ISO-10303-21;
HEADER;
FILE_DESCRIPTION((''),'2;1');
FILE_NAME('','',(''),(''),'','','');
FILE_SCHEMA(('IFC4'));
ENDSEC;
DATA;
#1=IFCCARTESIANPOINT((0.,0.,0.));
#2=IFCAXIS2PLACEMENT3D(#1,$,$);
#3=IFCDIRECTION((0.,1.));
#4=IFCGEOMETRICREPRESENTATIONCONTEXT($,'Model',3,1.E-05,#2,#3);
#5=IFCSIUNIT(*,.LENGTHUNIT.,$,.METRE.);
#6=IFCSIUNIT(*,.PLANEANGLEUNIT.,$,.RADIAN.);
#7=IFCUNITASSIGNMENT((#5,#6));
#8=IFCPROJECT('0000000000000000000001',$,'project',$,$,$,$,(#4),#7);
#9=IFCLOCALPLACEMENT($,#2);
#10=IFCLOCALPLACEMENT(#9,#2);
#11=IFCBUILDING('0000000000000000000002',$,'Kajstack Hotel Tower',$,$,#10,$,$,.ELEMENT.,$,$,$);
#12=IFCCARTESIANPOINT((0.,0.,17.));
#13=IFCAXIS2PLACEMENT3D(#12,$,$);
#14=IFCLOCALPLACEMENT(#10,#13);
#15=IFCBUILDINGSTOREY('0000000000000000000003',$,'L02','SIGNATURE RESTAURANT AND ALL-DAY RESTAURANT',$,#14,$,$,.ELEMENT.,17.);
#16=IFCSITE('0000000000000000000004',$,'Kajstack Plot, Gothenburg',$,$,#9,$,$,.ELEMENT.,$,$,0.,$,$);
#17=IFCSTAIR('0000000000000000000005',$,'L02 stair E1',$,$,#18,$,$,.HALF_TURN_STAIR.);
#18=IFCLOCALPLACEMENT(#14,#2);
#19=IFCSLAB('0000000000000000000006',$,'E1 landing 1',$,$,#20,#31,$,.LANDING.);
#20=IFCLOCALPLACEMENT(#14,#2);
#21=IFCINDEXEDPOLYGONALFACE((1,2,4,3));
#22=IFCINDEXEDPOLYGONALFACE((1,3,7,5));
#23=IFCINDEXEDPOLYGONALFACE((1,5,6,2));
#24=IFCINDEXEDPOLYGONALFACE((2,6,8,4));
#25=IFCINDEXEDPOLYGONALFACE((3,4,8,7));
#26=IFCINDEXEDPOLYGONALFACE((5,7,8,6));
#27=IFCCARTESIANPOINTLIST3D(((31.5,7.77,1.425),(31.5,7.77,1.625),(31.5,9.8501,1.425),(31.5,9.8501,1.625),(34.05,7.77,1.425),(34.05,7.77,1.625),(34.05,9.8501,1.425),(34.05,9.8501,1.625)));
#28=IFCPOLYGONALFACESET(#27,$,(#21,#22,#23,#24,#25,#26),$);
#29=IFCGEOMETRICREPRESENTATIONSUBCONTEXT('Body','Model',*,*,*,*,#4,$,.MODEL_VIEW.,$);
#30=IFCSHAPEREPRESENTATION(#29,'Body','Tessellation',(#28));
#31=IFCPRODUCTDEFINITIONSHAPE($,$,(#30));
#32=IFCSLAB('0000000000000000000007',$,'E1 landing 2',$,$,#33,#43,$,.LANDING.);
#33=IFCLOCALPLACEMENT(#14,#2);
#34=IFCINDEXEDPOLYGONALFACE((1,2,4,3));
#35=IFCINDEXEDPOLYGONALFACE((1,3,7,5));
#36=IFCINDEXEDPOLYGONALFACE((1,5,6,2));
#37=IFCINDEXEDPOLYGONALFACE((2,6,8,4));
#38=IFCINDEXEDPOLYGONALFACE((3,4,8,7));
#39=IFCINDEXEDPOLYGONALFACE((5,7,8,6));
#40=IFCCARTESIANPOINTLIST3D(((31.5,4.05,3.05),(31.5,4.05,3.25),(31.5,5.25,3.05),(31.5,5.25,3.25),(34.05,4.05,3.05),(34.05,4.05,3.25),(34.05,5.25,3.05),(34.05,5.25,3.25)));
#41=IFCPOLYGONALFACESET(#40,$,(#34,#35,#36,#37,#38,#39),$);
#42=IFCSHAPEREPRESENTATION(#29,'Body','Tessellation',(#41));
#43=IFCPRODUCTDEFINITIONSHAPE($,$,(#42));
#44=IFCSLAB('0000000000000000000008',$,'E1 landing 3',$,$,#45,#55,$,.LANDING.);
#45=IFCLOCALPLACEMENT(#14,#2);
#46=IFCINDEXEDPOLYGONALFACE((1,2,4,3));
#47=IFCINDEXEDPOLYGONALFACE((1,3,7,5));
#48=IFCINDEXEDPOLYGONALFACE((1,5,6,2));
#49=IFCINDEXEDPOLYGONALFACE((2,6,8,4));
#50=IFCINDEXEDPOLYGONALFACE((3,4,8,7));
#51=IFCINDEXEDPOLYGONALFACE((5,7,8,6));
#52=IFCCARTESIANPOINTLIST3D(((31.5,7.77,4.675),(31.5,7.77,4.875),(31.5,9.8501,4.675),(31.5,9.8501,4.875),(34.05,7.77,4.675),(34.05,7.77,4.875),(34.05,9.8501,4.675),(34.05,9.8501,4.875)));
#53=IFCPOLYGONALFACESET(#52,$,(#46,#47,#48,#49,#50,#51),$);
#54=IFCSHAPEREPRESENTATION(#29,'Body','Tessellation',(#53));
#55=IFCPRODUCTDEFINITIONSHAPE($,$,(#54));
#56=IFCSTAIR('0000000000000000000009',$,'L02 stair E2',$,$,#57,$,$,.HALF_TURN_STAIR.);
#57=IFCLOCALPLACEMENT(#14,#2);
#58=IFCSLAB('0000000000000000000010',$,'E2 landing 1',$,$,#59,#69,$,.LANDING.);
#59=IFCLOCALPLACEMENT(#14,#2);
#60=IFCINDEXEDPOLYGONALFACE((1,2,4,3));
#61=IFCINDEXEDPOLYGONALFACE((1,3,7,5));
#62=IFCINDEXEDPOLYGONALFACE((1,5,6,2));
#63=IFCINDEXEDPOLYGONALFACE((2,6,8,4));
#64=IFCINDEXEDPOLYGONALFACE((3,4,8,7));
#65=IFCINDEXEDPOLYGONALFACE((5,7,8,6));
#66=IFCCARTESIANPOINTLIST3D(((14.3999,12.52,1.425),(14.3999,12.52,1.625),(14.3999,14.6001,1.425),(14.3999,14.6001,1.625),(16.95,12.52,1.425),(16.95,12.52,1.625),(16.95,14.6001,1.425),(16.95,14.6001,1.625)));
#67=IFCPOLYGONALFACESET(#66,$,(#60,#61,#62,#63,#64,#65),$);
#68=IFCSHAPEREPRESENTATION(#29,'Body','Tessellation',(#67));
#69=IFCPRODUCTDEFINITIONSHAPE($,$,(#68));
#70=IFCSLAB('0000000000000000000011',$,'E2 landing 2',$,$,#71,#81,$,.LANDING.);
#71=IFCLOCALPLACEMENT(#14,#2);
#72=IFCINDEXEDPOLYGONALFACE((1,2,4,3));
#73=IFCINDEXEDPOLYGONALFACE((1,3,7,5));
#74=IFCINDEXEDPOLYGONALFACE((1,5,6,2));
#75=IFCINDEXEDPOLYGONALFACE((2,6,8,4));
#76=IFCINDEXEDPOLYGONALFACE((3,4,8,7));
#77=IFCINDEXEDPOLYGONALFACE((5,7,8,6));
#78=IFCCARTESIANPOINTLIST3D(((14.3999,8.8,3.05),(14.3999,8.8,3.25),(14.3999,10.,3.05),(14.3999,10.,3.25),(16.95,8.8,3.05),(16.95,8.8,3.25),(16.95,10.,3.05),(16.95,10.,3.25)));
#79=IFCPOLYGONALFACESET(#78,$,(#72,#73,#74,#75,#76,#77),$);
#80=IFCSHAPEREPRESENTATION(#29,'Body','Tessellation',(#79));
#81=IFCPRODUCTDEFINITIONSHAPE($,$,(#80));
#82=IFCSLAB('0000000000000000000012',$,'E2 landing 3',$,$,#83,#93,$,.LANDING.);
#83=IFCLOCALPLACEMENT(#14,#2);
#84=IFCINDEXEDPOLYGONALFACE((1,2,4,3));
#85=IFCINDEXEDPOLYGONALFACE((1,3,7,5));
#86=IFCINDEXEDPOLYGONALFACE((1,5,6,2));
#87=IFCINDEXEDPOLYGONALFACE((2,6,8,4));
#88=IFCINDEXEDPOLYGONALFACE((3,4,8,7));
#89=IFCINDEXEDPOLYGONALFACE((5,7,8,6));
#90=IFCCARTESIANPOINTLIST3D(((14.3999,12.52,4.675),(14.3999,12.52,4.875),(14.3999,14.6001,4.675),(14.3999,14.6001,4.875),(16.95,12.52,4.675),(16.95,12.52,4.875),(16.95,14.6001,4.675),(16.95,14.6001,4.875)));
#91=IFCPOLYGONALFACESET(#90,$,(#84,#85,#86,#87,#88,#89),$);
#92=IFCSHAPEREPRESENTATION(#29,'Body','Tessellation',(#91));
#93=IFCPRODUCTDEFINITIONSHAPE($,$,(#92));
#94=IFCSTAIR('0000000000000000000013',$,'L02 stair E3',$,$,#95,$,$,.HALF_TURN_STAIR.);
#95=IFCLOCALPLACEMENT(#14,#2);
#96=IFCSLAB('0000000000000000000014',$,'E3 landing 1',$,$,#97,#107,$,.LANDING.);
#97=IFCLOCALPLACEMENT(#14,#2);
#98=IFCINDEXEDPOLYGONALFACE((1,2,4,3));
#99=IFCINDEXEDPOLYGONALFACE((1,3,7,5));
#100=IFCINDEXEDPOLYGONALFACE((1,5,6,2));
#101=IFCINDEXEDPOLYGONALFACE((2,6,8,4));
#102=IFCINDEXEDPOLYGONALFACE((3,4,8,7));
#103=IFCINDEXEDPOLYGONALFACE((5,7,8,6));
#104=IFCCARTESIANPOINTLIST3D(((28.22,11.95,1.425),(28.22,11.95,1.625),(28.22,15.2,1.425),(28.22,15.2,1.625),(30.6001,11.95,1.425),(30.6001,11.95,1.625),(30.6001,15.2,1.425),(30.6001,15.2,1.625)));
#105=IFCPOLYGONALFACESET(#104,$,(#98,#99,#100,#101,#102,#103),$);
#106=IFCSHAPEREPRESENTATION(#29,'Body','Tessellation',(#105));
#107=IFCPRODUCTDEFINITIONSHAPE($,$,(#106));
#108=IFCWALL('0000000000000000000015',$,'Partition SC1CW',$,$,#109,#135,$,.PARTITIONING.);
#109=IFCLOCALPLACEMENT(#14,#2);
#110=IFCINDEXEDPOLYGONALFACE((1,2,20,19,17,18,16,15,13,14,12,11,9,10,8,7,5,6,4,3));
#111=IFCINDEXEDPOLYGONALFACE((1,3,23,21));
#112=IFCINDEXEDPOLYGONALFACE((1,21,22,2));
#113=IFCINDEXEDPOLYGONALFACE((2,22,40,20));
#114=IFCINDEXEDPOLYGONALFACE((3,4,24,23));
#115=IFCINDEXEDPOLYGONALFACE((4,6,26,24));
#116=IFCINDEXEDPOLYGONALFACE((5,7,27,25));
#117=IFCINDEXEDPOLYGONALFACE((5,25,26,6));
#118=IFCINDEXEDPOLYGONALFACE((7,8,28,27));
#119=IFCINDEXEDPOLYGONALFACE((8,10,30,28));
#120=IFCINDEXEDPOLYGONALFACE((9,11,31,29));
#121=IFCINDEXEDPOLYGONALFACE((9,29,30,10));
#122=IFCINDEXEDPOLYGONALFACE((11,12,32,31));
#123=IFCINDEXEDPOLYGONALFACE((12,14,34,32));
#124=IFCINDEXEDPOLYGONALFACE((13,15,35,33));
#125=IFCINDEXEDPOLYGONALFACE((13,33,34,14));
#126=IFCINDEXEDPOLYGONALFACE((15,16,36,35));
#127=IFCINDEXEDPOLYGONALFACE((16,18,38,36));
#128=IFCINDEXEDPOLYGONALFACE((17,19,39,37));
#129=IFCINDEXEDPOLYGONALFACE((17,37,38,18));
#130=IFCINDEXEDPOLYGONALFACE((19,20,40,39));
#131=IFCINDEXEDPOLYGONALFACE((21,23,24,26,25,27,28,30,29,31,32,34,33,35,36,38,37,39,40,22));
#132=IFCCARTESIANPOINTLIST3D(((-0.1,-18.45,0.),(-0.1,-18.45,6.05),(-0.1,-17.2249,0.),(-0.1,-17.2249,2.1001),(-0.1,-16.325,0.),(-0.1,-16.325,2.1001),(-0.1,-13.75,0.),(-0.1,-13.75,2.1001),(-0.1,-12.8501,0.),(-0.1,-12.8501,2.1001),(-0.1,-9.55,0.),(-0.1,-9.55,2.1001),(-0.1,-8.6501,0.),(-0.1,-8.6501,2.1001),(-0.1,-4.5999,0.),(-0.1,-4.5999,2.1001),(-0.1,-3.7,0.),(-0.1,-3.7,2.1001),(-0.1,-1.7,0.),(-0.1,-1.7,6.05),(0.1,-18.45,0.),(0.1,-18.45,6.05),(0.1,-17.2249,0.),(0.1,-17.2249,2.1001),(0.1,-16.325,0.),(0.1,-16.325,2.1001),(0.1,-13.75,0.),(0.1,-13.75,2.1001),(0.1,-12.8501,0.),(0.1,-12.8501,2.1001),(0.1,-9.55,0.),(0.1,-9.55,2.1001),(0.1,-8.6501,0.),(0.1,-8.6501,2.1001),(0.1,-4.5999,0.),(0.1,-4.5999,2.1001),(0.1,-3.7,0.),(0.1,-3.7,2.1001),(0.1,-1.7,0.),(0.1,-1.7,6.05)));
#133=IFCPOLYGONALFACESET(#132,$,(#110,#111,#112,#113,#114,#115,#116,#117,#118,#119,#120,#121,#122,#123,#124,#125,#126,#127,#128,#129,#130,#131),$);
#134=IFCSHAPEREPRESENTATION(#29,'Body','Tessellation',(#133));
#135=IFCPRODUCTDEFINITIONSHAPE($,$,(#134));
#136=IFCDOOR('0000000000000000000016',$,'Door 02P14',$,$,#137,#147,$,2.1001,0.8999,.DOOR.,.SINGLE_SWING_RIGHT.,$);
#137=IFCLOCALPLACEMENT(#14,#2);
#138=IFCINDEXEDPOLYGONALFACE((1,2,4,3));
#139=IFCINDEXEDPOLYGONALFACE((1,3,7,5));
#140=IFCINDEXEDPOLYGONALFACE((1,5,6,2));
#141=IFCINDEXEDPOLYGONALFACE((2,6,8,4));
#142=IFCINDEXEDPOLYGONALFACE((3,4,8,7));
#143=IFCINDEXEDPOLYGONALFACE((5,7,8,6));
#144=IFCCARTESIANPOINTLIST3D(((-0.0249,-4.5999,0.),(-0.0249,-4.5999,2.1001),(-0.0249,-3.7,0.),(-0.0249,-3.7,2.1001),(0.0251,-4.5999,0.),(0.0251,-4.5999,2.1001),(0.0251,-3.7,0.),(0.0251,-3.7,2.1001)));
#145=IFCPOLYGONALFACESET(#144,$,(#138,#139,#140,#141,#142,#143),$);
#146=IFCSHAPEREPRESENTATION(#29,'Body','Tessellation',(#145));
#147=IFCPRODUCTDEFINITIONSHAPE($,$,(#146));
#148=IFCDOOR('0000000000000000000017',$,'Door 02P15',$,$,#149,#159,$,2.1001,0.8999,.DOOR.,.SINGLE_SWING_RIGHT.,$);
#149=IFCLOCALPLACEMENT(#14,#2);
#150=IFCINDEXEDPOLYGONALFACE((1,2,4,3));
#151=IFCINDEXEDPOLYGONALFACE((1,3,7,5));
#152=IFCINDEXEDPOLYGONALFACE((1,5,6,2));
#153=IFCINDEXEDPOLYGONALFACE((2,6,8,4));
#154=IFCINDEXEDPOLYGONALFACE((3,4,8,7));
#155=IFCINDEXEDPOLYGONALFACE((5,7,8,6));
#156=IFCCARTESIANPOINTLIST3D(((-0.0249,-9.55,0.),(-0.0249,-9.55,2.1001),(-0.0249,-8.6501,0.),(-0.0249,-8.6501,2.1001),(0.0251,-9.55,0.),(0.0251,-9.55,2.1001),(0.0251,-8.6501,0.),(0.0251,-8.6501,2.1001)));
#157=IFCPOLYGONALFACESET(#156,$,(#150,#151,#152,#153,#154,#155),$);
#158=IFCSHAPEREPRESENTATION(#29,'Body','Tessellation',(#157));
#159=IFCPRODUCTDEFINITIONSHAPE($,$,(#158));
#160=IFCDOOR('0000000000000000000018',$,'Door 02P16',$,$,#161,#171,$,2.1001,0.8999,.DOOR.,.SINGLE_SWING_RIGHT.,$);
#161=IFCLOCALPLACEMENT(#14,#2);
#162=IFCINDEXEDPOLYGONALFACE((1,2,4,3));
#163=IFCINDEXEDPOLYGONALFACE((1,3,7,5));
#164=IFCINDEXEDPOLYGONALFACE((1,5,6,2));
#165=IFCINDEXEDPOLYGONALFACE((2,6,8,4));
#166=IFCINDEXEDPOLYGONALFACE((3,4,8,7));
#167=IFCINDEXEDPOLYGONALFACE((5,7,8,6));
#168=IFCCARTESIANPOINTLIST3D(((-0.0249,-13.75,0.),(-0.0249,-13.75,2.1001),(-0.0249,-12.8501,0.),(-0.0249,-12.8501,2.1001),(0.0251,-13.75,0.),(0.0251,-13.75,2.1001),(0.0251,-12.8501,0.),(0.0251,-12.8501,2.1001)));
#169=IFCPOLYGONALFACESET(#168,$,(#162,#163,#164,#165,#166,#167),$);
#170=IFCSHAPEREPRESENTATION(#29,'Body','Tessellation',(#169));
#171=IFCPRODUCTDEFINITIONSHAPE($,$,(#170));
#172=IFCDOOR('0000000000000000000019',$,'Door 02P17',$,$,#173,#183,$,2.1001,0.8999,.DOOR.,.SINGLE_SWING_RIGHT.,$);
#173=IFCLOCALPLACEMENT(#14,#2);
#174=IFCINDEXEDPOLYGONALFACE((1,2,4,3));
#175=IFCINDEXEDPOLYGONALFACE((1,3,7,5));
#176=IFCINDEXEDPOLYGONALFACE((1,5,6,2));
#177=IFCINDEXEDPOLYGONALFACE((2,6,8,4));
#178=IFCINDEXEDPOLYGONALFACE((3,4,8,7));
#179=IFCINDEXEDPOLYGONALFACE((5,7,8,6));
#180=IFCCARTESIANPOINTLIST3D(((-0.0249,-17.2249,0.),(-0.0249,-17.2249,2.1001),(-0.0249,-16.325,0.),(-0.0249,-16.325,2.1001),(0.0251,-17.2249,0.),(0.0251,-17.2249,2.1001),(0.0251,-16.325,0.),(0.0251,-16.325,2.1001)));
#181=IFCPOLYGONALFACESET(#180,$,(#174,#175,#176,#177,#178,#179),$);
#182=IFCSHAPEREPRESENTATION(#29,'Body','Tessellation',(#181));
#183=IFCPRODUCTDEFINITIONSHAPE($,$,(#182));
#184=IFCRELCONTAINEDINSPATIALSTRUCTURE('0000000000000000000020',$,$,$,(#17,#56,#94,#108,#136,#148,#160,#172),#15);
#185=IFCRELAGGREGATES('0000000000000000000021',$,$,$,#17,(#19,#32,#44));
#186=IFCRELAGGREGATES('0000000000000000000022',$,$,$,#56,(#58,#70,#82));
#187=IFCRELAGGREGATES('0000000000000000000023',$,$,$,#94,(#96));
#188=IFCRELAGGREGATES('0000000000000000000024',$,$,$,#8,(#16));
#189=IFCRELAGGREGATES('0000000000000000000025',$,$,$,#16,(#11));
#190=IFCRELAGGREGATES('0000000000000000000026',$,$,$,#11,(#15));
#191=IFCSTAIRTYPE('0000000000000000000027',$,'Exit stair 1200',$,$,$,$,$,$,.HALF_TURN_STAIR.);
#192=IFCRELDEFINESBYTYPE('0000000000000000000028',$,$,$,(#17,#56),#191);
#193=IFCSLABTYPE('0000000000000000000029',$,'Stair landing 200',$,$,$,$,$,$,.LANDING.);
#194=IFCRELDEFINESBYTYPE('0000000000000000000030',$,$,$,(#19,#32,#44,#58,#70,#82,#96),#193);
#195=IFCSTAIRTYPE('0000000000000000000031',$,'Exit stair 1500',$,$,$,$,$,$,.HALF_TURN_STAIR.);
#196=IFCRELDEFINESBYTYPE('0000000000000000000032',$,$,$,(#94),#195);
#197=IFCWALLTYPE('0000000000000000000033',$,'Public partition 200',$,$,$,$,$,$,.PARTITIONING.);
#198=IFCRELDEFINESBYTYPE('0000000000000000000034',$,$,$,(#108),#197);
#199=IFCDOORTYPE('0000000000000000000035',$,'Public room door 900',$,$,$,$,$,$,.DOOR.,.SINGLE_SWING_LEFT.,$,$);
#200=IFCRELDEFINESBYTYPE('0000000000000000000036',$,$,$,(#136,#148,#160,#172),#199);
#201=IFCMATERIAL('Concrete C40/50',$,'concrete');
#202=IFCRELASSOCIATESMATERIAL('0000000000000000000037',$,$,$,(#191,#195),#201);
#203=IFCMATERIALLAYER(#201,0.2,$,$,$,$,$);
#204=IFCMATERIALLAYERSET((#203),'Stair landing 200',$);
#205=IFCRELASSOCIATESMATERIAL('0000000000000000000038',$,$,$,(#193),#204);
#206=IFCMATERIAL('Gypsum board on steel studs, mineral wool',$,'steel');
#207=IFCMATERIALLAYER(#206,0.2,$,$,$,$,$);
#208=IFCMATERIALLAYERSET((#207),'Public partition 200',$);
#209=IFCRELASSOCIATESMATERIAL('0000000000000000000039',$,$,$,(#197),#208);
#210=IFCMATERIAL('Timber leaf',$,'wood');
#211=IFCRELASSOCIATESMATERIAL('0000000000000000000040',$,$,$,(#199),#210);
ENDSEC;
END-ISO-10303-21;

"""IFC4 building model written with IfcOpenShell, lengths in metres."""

from ifc_helpers import new_model, si_unit, direction, frame, frame_2d, origin, place, context, subcontext, project, spatial, polyline, rectangle, outline, extrude, material, layer, layer_set, type_object, element, fill, aggregate, save


model = new_model("IFC4")

# Units and contexts
model_context = context("Model", 3, precision=1e-05, world=origin(), true_north=direction((0.0, 1.0)))
body_context = subcontext(model_context, "Body", "Model", "MODEL_VIEW")
ifc_project = project(units=[si_unit("LENGTHUNIT", "METRE"), si_unit("PLANEANGLEUNIT", "RADIAN")], contexts=[model_context])

# Site, building, storey
site_placement = place(None, origin())
site = spatial("IfcSite", under=ifc_project, at=site_placement, Name="Kajstack Plot, Gothenburg", CompositionType="ELEMENT", RefElevation=0.0)
building_placement = place(site_placement, origin())
building = spatial("IfcBuilding", under=site, at=building_placement, Name="Kajstack Hotel Tower", CompositionType="ELEMENT")
storey_placement = place(building_placement, frame((0.0, 0.0, 17.0)))
storey = spatial("IfcBuildingStorey", under=building, at=storey_placement, Name="L02", Description="SIGNATURE RESTAURANT AND ALL-DAY RESTAURANT", CompositionType="ELEMENT", Elevation=17.0)

# Stairs, slabs
ifc_material_1 = material(Name="Concrete C40/50", Category="concrete")
stair_type_1 = type_object("IfcStairType", Name="Exit stair 1200", PredefinedType="HALF_TURN_STAIR", material=ifc_material_1)
ifc_layer_1 = layer(ifc_material_1, 0.2)
ifc_layer_set_1 = layer_set([ifc_layer_1], Name="Stair landing 200")
slab_type = type_object("IfcSlabType", Name="Stair landing 200", PredefinedType="LANDING", material=ifc_layer_set_1)
stair_type_2 = type_object("IfcStairType", Name="Exit stair 1500", PredefinedType="HALF_TURN_STAIR", material=ifc_material_1)
stair_1_placement = place(storey_placement, origin())
stair_1 = element("IfcStair", 1, at=stair_1_placement, inside=storey, type_object=stair_type_1, Name="L02 stair E1", PredefinedType="HALF_TURN_STAIR")
slab_1_placement = place(storey_placement, frame((0.0, 0.0, 1.425)))
slab_1 = element("IfcSlab", 2, at=slab_1_placement, type_object=slab_type, Name="E1 landing 1", PredefinedType="LANDING", context=body_context, shape_type="SweptSolid", body=[
    extrude(outline(polyline([(34.05, 7.77), (34.05, 9.8501), (31.5, 9.8501), (31.5, 7.77), (34.05, 7.77)])), origin(), (0.0, 0.0, 1.0), 0.2),
])
slab_2_placement = place(storey_placement, frame((0.0, 0.0, 3.05)))
slab_2 = element("IfcSlab", 3, at=slab_2_placement, type_object=slab_type, Name="E1 landing 2", PredefinedType="LANDING", context=body_context, shape_type="SweptSolid", body=[
    extrude(outline(polyline([(34.05, 4.05), (34.05, 5.25), (31.5, 5.25), (31.5, 4.05), (34.05, 4.05)])), origin(), (0.0, 0.0, 1.0), 0.2),
])
slab_3_placement = place(storey_placement, frame((0.0, 0.0, 4.675)))
slab_3 = element("IfcSlab", 4, at=slab_3_placement, type_object=slab_type, Name="E1 landing 3", PredefinedType="LANDING", context=body_context, shape_type="SweptSolid", body=[
    extrude(outline(polyline([(34.05, 7.77), (34.05, 9.8501), (31.5, 9.8501), (31.5, 7.77), (34.05, 7.77)])), origin(), (0.0, 0.0, 1.0), 0.2),
])
aggregate(stair_1, [slab_1, slab_2, slab_3])
stair_2_placement = place(storey_placement, origin())
stair_2 = element("IfcStair", 5, at=stair_2_placement, inside=storey, type_object=stair_type_1, Name="L02 stair E2", PredefinedType="HALF_TURN_STAIR")
slab_4_placement = place(storey_placement, frame((0.0, 0.0, 1.425)))
slab_4 = element("IfcSlab", 6, at=slab_4_placement, type_object=slab_type, Name="E2 landing 1", PredefinedType="LANDING", context=body_context, shape_type="SweptSolid", body=[
    extrude(outline(polyline([(16.95, 12.52), (16.95, 14.6001), (14.3999, 14.6001), (14.3999, 12.52), (16.95, 12.52)])), origin(), (0.0, 0.0, 1.0), 0.2),
])
slab_5_placement = place(storey_placement, frame((0.0, 0.0, 3.05)))
slab_5 = element("IfcSlab", 7, at=slab_5_placement, type_object=slab_type, Name="E2 landing 2", PredefinedType="LANDING", context=body_context, shape_type="SweptSolid", body=[
    extrude(outline(polyline([(16.95, 8.8), (16.95, 10.0), (14.3999, 10.0), (14.3999, 8.8), (16.95, 8.8)])), origin(), (0.0, 0.0, 1.0), 0.2),
])
slab_6_placement = place(storey_placement, frame((0.0, 0.0, 4.675)))
slab_6 = element("IfcSlab", 8, at=slab_6_placement, type_object=slab_type, Name="E2 landing 3", PredefinedType="LANDING", context=body_context, shape_type="SweptSolid", body=[
    extrude(outline(polyline([(16.95, 12.52), (16.95, 14.6001), (14.3999, 14.6001), (14.3999, 12.52), (16.95, 12.52)])), origin(), (0.0, 0.0, 1.0), 0.2),
])
aggregate(stair_2, [slab_4, slab_5, slab_6])

# Stair, slab
stair_3_placement = place(storey_placement, origin())
stair_3 = element("IfcStair", 9, at=stair_3_placement, inside=storey, type_object=stair_type_2, Name="L02 stair E3", PredefinedType="HALF_TURN_STAIR")
slab_7_placement = place(storey_placement, frame((0.0, 0.0, 1.425)))
slab_7 = element("IfcSlab", 10, at=slab_7_placement, type_object=slab_type, Name="E3 landing 1", PredefinedType="LANDING", context=body_context, shape_type="SweptSolid", body=[
    extrude(outline(polyline([(28.22, 11.95), (30.6001, 11.95), (30.6001, 15.2), (28.22, 15.2), (28.22, 11.95)])), origin(), (0.0, 0.0, 1.0), 0.2),
])
aggregate(stair_3, [slab_7])

# Wall, openings, doors
ifc_material_2 = material(Name="Gypsum board on steel studs, mineral wool", Category="steel")
ifc_layer_2 = layer(ifc_material_2, 0.2)
ifc_layer_set_2 = layer_set([ifc_layer_2], Name="Public partition 200")
wall_type = type_object("IfcWallType", Name="Public partition 200", PredefinedType="PARTITIONING", material=ifc_layer_set_2)
wall_1_placement = place(storey_placement, frame((0.0, -18.45, 0.0), z_axis=(0.0, 0.0, 1.0), x_axis=(0.0, 1.0, 0.0)))
wall_1 = element("IfcWall", 11, at=wall_1_placement, inside=storey, type_object=wall_type, Name="Partition SC1CW", PredefinedType="PARTITIONING", context=body_context, shape_type="SweptSolid", body=[
    extrude(rectangle(XDim=16.75, YDim=0.2, at=frame_2d((8.375, 0.0))), origin(), (0.0, 0.0, 1.0), 6.05),
])
opening_1_placement = place(wall_1_placement, frame((13.8501, 0.0, 0.0)))
opening_1 = element("IfcOpeningElement", 12, at=opening_1_placement, cuts=wall_1, PredefinedType="OPENING", context=body_context, shape_type="SweptSolid", body=[
    extrude(rectangle(XDim=0.8999, YDim=2.1001, at=frame_2d((0.45, 1.05))), frame((0.0, 0.1099, 0.0), z_axis=(0.0, -1.0, 0.0), x_axis=(1.0, 0.0, 0.0)), (0.0, 0.0, 1.0), 0.22),
])
opening_2_placement = place(wall_1_placement, frame((8.8999, 0.0, 0.0)))
opening_2 = element("IfcOpeningElement", 13, at=opening_2_placement, cuts=wall_1, PredefinedType="OPENING", context=body_context, shape_type="SweptSolid", body=[
    extrude(rectangle(XDim=0.8999, YDim=2.1001, at=frame_2d((0.45, 1.05))), frame((0.0, 0.1099, 0.0), z_axis=(0.0, -1.0, 0.0), x_axis=(1.0, 0.0, 0.0)), (0.0, 0.0, 1.0), 0.22),
])
opening_3_placement = place(wall_1_placement, frame((4.7, 0.0, 0.0)))
opening_3 = element("IfcOpeningElement", 14, at=opening_3_placement, cuts=wall_1, PredefinedType="OPENING", context=body_context, shape_type="SweptSolid", body=[
    extrude(rectangle(XDim=0.8999, YDim=2.1001, at=frame_2d((0.45, 1.05))), frame((0.0, 0.1099, 0.0), z_axis=(0.0, -1.0, 0.0), x_axis=(1.0, 0.0, 0.0)), (0.0, 0.0, 1.0), 0.22),
])
opening_4_placement = place(wall_1_placement, frame((1.2251, 0.0, 0.0)))
opening_4 = element("IfcOpeningElement", 15, at=opening_4_placement, cuts=wall_1, PredefinedType="OPENING", context=body_context, shape_type="SweptSolid", body=[
    extrude(rectangle(XDim=0.8999, YDim=2.1001, at=frame_2d((0.45, 1.05))), frame((0.0, 0.1099, 0.0), z_axis=(0.0, -1.0, 0.0), x_axis=(1.0, 0.0, 0.0)), (0.0, 0.0, 1.0), 0.22),
])
ifc_material_3 = material(Name="Timber leaf", Category="wood")
door_type = type_object("IfcDoorType", Name="Public room door 900", OperationType="SINGLE_SWING_LEFT", PredefinedType="DOOR", material=ifc_material_3)
door_1_placement = place(opening_1_placement, origin())
door_1 = element("IfcDoor", 16, at=door_1_placement, inside=storey, type_object=door_type, Name="Door 02P14", OperationType="SINGLE_SWING_RIGHT", OverallHeight=2.1001, OverallWidth=0.8999, PredefinedType="DOOR", context=body_context, shape_type="SweptSolid", body=[
    extrude(rectangle(XDim=0.8999, YDim=2.1001, at=frame_2d((0.45, 1.05))), frame((0.0, 0.0249, 0.0), z_axis=(0.0, -1.0, 0.0), x_axis=(1.0, 0.0, 0.0)), (0.0, 0.0, 1.0), 0.05),
])
fill(opening_1, door_1)
door_2_placement = place(opening_2_placement, origin())
door_2 = element("IfcDoor", 17, at=door_2_placement, inside=storey, type_object=door_type, Name="Door 02P15", OperationType="SINGLE_SWING_RIGHT", OverallHeight=2.1001, OverallWidth=0.8999, PredefinedType="DOOR", context=body_context, shape_type="SweptSolid", body=[
    extrude(rectangle(XDim=0.8999, YDim=2.1001, at=frame_2d((0.45, 1.05))), frame((0.0, 0.0249, 0.0), z_axis=(0.0, -1.0, 0.0), x_axis=(1.0, 0.0, 0.0)), (0.0, 0.0, 1.0), 0.05),
])
fill(opening_2, door_2)
door_3_placement = place(opening_3_placement, origin())
door_3 = element("IfcDoor", 18, at=door_3_placement, inside=storey, type_object=door_type, Name="Door 02P16", OperationType="SINGLE_SWING_RIGHT", OverallHeight=2.1001, OverallWidth=0.8999, PredefinedType="DOOR", context=body_context, shape_type="SweptSolid", body=[
    extrude(rectangle(XDim=0.8999, YDim=2.1001, at=frame_2d((0.45, 1.05))), frame((0.0, 0.0249, 0.0), z_axis=(0.0, -1.0, 0.0), x_axis=(1.0, 0.0, 0.0)), (0.0, 0.0, 1.0), 0.05),
])
fill(opening_3, door_3)
door_4_placement = place(opening_4_placement, origin())
door_4 = element("IfcDoor", 19, at=door_4_placement, inside=storey, type_object=door_type, Name="Door 02P17", OperationType="SINGLE_SWING_RIGHT", OverallHeight=2.1001, OverallWidth=0.8999, PredefinedType="DOOR", context=body_context, shape_type="SweptSolid", body=[
    extrude(rectangle(XDim=0.8999, YDim=2.1001, at=frame_2d((0.45, 1.05))), frame((0.0, 0.0249, 0.0), z_axis=(0.0, -1.0, 0.0), x_axis=(1.0, 0.0, 0.0)), (0.0, 0.0, 1.0), 0.05),
])
fill(opening_4, door_4)

save(model, "model.ifc")
